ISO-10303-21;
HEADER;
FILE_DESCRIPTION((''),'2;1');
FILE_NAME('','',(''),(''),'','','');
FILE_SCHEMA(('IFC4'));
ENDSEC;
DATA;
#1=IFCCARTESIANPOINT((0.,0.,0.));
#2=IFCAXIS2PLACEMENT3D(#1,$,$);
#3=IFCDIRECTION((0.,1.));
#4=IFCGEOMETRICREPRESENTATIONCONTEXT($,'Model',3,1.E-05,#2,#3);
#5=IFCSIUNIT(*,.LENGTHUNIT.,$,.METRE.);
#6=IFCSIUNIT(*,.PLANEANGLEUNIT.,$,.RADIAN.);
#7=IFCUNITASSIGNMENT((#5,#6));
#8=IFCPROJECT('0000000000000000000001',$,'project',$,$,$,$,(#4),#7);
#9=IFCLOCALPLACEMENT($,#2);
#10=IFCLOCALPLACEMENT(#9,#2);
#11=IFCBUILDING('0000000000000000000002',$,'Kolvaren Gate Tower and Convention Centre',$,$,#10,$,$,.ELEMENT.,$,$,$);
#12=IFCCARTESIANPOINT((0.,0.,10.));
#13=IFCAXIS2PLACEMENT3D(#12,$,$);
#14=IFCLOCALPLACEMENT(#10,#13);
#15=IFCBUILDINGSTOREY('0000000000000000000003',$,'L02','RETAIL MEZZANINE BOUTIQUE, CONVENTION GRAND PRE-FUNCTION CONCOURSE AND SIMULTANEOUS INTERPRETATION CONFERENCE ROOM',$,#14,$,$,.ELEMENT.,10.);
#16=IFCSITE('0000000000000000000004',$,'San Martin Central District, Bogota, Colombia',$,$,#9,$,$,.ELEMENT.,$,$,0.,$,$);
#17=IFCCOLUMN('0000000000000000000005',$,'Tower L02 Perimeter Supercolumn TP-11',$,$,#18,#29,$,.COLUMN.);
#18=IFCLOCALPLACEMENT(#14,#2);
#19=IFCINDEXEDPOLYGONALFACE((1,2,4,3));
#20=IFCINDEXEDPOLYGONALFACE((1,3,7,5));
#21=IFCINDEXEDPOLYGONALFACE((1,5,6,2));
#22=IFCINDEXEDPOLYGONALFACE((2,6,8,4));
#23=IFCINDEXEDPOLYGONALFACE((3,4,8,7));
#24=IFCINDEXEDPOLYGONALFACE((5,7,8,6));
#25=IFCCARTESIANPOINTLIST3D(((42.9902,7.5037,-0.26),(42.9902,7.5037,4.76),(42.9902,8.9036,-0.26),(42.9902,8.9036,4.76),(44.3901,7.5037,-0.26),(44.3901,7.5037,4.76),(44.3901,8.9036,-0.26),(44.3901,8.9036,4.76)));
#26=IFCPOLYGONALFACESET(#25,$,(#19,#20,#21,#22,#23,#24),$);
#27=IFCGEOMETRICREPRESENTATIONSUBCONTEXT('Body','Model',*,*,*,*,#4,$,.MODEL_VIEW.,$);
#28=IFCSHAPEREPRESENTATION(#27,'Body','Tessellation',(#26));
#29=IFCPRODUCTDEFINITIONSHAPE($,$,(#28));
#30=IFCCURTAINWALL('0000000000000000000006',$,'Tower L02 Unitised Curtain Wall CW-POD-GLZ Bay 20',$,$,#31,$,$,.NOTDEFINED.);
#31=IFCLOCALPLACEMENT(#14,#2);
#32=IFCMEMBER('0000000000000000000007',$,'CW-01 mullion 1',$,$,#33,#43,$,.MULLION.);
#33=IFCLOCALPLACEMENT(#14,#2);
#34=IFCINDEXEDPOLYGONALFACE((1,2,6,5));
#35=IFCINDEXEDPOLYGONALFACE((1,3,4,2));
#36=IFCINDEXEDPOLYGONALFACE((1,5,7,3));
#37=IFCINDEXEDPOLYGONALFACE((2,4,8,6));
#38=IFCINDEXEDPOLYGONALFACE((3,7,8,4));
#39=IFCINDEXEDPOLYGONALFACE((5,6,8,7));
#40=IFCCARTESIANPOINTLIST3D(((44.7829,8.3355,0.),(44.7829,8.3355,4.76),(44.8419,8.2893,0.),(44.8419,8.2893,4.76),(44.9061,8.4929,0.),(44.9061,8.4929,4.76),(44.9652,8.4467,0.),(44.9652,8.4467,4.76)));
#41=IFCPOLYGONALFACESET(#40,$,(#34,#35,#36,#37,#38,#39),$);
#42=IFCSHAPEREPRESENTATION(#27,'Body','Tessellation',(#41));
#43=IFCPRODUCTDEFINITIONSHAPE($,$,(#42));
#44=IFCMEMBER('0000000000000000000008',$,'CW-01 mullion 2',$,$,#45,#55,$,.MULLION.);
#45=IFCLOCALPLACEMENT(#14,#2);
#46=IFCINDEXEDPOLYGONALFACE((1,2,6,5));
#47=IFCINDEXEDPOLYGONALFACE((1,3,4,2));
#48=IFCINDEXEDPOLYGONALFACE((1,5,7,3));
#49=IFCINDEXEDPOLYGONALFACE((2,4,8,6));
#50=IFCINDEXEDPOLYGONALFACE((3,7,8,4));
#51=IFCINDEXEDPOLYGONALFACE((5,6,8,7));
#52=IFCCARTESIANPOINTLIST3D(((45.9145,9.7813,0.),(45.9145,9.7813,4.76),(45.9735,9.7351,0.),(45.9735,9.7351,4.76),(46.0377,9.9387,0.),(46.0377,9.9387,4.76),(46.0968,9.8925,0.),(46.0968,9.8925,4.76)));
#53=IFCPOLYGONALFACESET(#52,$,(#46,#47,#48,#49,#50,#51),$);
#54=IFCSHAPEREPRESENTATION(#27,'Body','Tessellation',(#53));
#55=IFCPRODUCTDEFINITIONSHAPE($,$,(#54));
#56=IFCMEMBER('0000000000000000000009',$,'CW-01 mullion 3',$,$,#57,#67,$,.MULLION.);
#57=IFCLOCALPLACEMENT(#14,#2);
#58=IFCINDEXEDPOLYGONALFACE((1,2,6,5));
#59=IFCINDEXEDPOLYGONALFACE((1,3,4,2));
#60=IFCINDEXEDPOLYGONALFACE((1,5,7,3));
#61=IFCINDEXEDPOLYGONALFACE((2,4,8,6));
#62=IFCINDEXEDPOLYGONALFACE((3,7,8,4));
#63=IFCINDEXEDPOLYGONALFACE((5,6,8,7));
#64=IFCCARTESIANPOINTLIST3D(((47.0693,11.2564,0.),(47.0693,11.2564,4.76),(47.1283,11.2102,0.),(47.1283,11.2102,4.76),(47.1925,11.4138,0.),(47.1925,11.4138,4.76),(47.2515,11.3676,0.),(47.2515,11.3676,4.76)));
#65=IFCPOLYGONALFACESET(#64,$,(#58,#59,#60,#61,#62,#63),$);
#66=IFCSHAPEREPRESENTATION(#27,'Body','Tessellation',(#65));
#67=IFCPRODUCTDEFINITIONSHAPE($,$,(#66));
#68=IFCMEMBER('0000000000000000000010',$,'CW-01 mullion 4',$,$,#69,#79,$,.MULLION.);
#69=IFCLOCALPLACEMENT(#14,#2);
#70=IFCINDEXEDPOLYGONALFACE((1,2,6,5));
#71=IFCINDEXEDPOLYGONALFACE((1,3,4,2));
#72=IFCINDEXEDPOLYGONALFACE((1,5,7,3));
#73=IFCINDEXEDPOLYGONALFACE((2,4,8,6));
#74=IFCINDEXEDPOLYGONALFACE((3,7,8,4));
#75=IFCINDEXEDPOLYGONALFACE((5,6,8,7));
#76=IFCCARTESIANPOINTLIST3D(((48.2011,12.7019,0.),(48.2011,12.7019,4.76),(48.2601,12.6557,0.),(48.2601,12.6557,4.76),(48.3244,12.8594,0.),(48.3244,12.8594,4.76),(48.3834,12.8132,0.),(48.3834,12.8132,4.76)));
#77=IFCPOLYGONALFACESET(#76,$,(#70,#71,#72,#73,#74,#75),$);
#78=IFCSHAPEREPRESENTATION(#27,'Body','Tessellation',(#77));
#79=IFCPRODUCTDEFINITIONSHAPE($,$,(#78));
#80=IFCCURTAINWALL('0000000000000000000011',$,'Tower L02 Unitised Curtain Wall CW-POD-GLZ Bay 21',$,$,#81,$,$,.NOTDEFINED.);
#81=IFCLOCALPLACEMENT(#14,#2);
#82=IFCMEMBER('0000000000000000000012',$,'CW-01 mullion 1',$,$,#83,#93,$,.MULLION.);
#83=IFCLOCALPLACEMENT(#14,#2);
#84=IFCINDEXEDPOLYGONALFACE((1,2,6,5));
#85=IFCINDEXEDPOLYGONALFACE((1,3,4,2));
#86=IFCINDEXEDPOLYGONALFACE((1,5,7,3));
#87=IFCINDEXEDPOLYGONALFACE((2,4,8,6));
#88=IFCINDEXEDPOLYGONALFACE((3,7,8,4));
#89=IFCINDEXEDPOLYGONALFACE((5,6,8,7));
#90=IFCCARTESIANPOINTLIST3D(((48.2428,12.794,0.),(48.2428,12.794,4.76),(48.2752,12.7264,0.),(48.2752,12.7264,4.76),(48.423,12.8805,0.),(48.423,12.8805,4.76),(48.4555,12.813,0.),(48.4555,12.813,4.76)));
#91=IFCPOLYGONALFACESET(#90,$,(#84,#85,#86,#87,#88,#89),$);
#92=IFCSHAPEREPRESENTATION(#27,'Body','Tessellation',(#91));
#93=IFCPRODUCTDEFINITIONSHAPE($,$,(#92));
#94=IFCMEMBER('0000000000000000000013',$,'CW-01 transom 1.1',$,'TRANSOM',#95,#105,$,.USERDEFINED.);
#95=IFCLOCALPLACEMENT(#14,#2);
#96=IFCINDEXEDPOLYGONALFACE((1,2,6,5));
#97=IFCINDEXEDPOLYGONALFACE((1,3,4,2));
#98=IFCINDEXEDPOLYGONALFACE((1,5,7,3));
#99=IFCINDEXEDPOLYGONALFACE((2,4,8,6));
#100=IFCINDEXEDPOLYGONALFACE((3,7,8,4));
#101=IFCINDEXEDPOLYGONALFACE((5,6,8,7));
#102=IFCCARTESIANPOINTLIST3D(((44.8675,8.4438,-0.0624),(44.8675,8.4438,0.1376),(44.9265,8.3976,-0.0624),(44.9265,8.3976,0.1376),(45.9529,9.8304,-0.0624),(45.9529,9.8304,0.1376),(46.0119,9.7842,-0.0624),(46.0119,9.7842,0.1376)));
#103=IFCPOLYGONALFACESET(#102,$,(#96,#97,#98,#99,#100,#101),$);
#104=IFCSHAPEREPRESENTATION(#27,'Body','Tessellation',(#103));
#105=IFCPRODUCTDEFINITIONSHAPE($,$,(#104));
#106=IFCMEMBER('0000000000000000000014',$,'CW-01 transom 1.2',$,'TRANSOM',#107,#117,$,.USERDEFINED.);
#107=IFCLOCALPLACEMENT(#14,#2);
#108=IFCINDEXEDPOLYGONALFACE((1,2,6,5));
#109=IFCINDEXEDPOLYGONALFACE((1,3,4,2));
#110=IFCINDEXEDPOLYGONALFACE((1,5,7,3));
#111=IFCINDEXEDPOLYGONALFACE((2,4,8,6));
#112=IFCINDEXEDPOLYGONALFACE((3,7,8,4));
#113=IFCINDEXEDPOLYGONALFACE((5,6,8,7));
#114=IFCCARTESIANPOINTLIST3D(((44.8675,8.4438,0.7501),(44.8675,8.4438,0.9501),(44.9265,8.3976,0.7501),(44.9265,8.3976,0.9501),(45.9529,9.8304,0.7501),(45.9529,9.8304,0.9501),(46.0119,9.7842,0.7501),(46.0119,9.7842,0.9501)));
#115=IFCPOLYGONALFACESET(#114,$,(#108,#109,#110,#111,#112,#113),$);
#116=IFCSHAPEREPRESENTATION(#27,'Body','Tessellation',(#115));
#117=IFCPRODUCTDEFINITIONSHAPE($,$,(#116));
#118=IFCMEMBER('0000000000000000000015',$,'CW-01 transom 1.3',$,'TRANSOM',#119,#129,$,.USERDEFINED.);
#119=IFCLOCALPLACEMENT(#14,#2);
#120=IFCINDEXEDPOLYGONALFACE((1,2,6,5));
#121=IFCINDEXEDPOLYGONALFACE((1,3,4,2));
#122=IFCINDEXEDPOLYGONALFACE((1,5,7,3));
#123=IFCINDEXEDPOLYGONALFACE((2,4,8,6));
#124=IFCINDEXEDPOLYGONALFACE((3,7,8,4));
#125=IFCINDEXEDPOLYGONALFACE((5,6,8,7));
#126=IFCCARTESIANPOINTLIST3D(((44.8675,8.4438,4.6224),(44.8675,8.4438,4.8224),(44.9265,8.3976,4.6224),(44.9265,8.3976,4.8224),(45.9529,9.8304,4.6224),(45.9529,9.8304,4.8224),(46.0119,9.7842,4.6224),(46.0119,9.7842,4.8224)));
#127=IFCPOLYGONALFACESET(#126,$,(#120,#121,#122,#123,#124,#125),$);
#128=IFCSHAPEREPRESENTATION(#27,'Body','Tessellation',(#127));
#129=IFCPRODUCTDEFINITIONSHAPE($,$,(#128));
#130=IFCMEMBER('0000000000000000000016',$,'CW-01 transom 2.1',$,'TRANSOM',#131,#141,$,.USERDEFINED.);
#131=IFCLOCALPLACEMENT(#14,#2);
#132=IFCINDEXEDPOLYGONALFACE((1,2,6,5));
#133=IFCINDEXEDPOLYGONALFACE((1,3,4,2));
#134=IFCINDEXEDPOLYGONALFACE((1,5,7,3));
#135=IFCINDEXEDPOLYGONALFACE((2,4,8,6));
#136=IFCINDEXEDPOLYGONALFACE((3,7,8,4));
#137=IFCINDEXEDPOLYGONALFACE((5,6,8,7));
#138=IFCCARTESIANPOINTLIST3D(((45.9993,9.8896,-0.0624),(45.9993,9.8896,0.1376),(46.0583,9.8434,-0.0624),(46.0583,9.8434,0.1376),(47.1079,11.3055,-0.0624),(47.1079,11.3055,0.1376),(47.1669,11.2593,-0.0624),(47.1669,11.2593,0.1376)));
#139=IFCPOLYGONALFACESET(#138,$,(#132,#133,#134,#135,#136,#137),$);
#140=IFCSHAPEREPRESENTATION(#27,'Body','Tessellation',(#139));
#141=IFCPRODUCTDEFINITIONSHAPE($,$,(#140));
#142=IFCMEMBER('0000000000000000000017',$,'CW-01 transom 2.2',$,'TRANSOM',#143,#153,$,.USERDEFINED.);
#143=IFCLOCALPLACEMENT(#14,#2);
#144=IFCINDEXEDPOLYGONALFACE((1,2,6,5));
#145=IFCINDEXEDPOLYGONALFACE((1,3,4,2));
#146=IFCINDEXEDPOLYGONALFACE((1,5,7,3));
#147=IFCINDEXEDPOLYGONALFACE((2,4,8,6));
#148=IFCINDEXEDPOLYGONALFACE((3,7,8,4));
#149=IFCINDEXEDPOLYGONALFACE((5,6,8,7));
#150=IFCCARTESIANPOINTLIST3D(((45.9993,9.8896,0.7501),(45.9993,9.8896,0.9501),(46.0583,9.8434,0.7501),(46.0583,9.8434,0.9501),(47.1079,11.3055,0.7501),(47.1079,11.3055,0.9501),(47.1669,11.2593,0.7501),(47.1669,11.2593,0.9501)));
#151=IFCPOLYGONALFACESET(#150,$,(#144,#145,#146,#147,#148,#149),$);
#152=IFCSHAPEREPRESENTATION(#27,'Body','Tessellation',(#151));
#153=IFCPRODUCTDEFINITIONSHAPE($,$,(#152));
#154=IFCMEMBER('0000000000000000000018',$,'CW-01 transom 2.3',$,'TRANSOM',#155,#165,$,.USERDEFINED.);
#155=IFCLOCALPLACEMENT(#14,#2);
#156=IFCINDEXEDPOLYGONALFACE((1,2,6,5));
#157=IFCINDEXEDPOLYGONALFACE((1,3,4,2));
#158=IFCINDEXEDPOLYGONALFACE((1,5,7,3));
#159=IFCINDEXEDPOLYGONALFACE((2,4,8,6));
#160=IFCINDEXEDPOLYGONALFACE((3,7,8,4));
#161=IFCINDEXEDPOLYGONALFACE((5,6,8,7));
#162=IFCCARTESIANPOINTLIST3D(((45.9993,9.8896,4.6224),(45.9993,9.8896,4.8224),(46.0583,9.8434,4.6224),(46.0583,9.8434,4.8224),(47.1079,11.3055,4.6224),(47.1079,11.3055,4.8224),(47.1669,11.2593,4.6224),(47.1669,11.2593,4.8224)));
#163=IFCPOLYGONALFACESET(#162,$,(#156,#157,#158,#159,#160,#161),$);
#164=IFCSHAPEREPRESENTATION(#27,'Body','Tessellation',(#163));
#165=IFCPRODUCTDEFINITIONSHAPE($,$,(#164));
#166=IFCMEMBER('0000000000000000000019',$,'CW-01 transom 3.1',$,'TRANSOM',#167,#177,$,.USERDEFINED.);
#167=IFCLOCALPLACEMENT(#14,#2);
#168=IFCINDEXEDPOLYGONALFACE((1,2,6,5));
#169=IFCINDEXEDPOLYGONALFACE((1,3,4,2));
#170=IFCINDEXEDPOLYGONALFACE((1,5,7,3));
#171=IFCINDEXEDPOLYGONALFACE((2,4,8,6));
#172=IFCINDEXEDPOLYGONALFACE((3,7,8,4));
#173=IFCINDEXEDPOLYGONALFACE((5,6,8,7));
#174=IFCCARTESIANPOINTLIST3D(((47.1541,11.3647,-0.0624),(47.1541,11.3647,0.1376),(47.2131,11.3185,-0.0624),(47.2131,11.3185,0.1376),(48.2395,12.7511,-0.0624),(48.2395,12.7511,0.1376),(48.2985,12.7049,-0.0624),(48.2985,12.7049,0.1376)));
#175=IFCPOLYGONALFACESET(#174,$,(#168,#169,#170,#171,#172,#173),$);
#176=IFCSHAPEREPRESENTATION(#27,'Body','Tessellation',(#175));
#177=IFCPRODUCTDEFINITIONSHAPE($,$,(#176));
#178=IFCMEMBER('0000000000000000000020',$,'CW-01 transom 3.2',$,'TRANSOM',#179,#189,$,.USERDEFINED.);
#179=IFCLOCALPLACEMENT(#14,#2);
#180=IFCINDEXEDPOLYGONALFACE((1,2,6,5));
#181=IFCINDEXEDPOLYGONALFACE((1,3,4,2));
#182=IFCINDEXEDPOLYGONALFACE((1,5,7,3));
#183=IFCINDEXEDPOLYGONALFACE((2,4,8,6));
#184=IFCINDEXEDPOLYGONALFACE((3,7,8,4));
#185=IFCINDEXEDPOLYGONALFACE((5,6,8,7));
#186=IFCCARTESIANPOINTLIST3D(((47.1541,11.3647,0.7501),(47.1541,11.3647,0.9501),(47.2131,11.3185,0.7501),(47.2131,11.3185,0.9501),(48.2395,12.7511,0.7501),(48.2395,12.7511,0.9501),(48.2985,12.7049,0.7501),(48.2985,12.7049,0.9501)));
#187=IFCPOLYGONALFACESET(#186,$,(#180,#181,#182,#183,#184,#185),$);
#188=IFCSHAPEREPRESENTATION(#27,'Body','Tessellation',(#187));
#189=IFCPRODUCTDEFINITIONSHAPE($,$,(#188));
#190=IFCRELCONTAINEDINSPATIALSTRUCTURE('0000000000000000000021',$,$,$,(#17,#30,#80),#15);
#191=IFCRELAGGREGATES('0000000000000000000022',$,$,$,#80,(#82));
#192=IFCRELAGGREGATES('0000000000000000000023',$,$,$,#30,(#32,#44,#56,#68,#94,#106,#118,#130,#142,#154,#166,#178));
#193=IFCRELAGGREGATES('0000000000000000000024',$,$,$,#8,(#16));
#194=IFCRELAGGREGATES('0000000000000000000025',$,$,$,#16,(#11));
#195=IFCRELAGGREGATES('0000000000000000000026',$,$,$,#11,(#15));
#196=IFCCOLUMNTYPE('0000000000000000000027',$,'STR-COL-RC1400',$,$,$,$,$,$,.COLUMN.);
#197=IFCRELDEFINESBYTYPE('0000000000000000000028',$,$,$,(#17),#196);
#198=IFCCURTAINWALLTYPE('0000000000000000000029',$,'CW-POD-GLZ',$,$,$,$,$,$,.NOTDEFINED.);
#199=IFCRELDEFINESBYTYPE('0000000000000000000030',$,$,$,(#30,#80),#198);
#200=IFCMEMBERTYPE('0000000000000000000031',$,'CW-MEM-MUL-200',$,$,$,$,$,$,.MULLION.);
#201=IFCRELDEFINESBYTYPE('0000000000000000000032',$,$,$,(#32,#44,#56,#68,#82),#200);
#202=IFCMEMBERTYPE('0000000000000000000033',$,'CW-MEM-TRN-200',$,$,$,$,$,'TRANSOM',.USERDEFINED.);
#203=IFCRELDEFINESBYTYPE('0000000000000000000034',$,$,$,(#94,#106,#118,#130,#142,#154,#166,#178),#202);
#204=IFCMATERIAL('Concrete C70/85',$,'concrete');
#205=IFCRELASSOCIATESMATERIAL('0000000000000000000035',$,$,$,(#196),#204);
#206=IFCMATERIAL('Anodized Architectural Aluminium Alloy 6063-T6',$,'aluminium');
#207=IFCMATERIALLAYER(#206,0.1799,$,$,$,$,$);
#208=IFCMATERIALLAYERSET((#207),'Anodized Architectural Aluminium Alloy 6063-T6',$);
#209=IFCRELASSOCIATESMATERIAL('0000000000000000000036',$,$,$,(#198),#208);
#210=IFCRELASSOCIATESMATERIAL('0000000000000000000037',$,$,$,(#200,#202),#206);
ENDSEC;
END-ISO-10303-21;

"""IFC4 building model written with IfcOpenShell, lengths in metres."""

from ifc_helpers import new_model, si_unit, direction, frame, origin, origin_2d, place, context, subcontext, project, spatial, rectangle, extrude, material, layer, layer_set, material_profile, profile_set, type_object, element, aggregate, save


model = new_model("IFC4")

# Units and contexts
model_context = context("Model", 3, precision=1e-05, world=origin(), true_north=direction((0.0, 1.0)))
body_context = subcontext(model_context, "Body", "Model", "MODEL_VIEW")
ifc_project = project(units=[si_unit("LENGTHUNIT", "METRE"), si_unit("PLANEANGLEUNIT", "RADIAN")], contexts=[model_context])

# Site, building, storey
site_placement = place(None, origin())
site = spatial("IfcSite", under=ifc_project, at=site_placement, Name="San Martin Central District, Bogota, Colombia", CompositionType="ELEMENT", RefElevation=0.0)
building_placement = place(site_placement, origin())
building = spatial("IfcBuilding", under=site, at=building_placement, Name="Kolvaren Gate Tower and Convention Centre", CompositionType="ELEMENT")
storey_placement = place(building_placement, frame((0.0, 0.0, 10.0)))
storey = spatial("IfcBuildingStorey", under=building, at=storey_placement, Name="L02", Description="RETAIL MEZZANINE BOUTIQUE, CONVENTION GRAND PRE-FUNCTION CONCOURSE AND SIMULTANEOUS INTERPRETATION CONFERENCE ROOM", CompositionType="ELEMENT", Elevation=10.0)

# Column
ifc_material_1 = material(Name="Concrete C70/85", Category="concrete")
ifc_material_profile_1 = material_profile(ifc_material_1, rectangle(XDim=1.3999, YDim=1.3999, at=origin_2d()), Name="RC-COL-1400X1400")
ifc_profile_set_1 = profile_set([ifc_material_profile_1], Name="Concrete C70/85")
column_type = type_object("IfcColumnType", Name="STR-COL-RC1400", PredefinedType="COLUMN", material=ifc_profile_set_1)
column_placement = place(storey_placement, frame((43.6902, 8.2036, -0.26), z_axis=(0.0, 0.0, 1.0), x_axis=(1.0, 0.0, 0.0)))
element("IfcColumn", 1, at=column_placement, inside=storey, type_object=column_type, Name="Tower L02 Perimeter Supercolumn TP-11", PredefinedType="COLUMN", context=body_context, shape_type="SweptSolid", body=[
    extrude(rectangle(XDim=1.3999, YDim=1.3999, at=origin_2d()), origin(), (0.0, 0.0, 1.0), 5.02),
])

# Curtain wall, members
ifc_material_2 = material(Name="Anodized Architectural Aluminium Alloy 6063-T6", Category="aluminium")
ifc_layer_1 = layer(ifc_material_2, 0.1799)
ifc_layer_set_1 = layer_set([ifc_layer_1], Name="Anodized Architectural Aluminium Alloy 6063-T6")
curtain_wall_type = type_object("IfcCurtainWallType", Name="CW-POD-GLZ", PredefinedType="NOTDEFINED", material=ifc_layer_set_1)
curtain_wall_1_placement = place(storey_placement, origin())
curtain_wall_1 = element("IfcCurtainWall", 2, at=curtain_wall_1_placement, inside=storey, type_object=curtain_wall_type, Name="Tower L02 Unitised Curtain Wall CW-POD-GLZ Bay 20", PredefinedType="NOTDEFINED")
ifc_material_profile_2 = material_profile(ifc_material_2, rectangle(XDim=0.075, YDim=0.2, at=origin_2d()), Name="CW-MEM-MUL-200")
ifc_profile_set_2 = profile_set([ifc_material_profile_2], Name="Anodized Architectural Aluminium Alloy 6063-T6")
member_type_1 = type_object("IfcMemberType", Name="CW-MEM-MUL-200", PredefinedType="MULLION", material=ifc_profile_set_2)
member_1_placement = place(storey_placement, frame((44.874, 8.3911, 0.0), z_axis=(0.0, 0.0, 1.0), x_axis=(-0.787413, 0.616426, 0.0)))
member_1 = element("IfcMember", 3, at=member_1_placement, type_object=member_type_1, Name="CW-01 mullion 1", PredefinedType="MULLION", context=body_context, shape_type="SweptSolid", body=[
    extrude(rectangle(XDim=0.075, YDim=0.2, at=origin_2d()), origin(), (0.0, 0.0, 1.0), 4.76),
])
member_2_placement = place(storey_placement, frame((46.0056, 9.8369, 0.0), z_axis=(0.0, 0.0, 1.0), x_axis=(-0.787413, 0.616426, 0.0)))
member_2 = element("IfcMember", 4, at=member_2_placement, type_object=member_type_1, Name="CW-01 mullion 2", PredefinedType="MULLION", context=body_context, shape_type="SweptSolid", body=[
    extrude(rectangle(XDim=0.075, YDim=0.2, at=origin_2d()), origin(), (0.0, 0.0, 1.0), 4.76),
])
member_3_placement = place(storey_placement, frame((47.1604, 11.312, 0.0), z_axis=(0.0, 0.0, 1.0), x_axis=(-0.787413, 0.616426, 0.0)))
member_3 = element("IfcMember", 5, at=member_3_placement, type_object=member_type_1, Name="CW-01 mullion 3", PredefinedType="MULLION", context=body_context, shape_type="SweptSolid", body=[
    extrude(rectangle(XDim=0.075, YDim=0.2, at=origin_2d()), origin(), (0.0, 0.0, 1.0), 4.76),
])
member_4_placement = place(storey_placement, frame((48.2922, 12.7576, 0.0), z_axis=(0.0, 0.0, 1.0), x_axis=(-0.787413, 0.616426, 0.0)))
member_4 = element("IfcMember", 6, at=member_4_placement, type_object=member_type_1, Name="CW-01 mullion 4", PredefinedType="MULLION", context=body_context, shape_type="SweptSolid", body=[
    extrude(rectangle(XDim=0.075, YDim=0.2, at=origin_2d()), origin(), (0.0, 0.0, 1.0), 4.76),
])

# Curtain wall, member
curtain_wall_2_placement = place(storey_placement, origin())
curtain_wall_2 = element("IfcCurtainWall", 7, at=curtain_wall_2_placement, inside=storey, type_object=curtain_wall_type, Name="Tower L02 Unitised Curtain Wall CW-POD-GLZ Bay 21", PredefinedType="NOTDEFINED")
member_5_placement = place(storey_placement, frame((48.3491, 12.8035, 0.0), z_axis=(0.0, 0.0, 1.0), x_axis=(-0.433063, 0.901364, 0.0)))
member_5 = element("IfcMember", 8, at=member_5_placement, type_object=member_type_1, Name="CW-01 mullion 1", PredefinedType="MULLION", context=body_context, shape_type="SweptSolid", body=[
    extrude(rectangle(XDim=0.075, YDim=0.2, at=origin_2d()), origin(), (0.0, 0.0, 1.0), 4.76),
])

# Members
ifc_material_profile_3 = material_profile(ifc_material_2, rectangle(XDim=0.075, YDim=0.2, at=origin_2d()), Name="CW-MEM-TRN-200")
ifc_profile_set_3 = profile_set([ifc_material_profile_3], Name="Anodized Architectural Aluminium Alloy 6063-T6")
member_type_2 = type_object("IfcMemberType", Name="CW-MEM-TRN-200", ElementType="TRANSOM", PredefinedType="USERDEFINED", material=ifc_profile_set_3)
member_6_placement = place(storey_placement, frame((44.897, 8.4207, 0.0376), z_axis=(0.616376, 0.787452, 0.0), x_axis=(-0.787452, 0.616376, 0.0)))
member_6 = element("IfcMember", 9, at=member_6_placement, type_object=member_type_2, Name="CW-01 transom 1.1", ObjectType="TRANSOM", PredefinedType="USERDEFINED", context=body_context, shape_type="SweptSolid", body=[
    extrude(rectangle(XDim=0.075, YDim=0.2, at=origin_2d()), origin(), (0.0, 0.0, 1.0), 1.761),
])
member_7_placement = place(storey_placement, frame((44.897, 8.4207, 0.8501), z_axis=(0.616376, 0.787452, 0.0), x_axis=(-0.787452, 0.616376, 0.0)))
member_7 = element("IfcMember", 10, at=member_7_placement, type_object=member_type_2, Name="CW-01 transom 1.2", ObjectType="TRANSOM", PredefinedType="USERDEFINED", context=body_context, shape_type="SweptSolid", body=[
    extrude(rectangle(XDim=0.075, YDim=0.2, at=origin_2d()), origin(), (0.0, 0.0, 1.0), 1.761),
])
member_8_placement = place(storey_placement, frame((44.897, 8.4207, 4.7224), z_axis=(0.616376, 0.787452, 0.0), x_axis=(-0.787452, 0.616376, 0.0)))
member_8 = element("IfcMember", 11, at=member_8_placement, type_object=member_type_2, Name="CW-01 transom 1.3", ObjectType="TRANSOM", PredefinedType="USERDEFINED", context=body_context, shape_type="SweptSolid", body=[
    extrude(rectangle(XDim=0.075, YDim=0.2, at=origin_2d()), origin(), (0.0, 0.0, 1.0), 1.761),
])
member_9_placement = place(storey_placement, frame((46.0288, 9.8665, 0.0376), z_axis=(0.616466, 0.787382, 0.0), x_axis=(-0.787382, 0.616466, 0.0)))
member_9 = element("IfcMember", 12, at=member_9_placement, type_object=member_type_2, Name="CW-01 transom 2.1", ObjectType="TRANSOM", PredefinedType="USERDEFINED", context=body_context, shape_type="SweptSolid", body=[
    extrude(rectangle(XDim=0.075, YDim=0.2, at=origin_2d()), origin(), (0.0, 0.0, 1.0), 1.7983),
])
member_10_placement = place(storey_placement, frame((46.0288, 9.8665, 0.8501), z_axis=(0.616466, 0.787382, 0.0), x_axis=(-0.787382, 0.616466, 0.0)))
member_10 = element("IfcMember", 13, at=member_10_placement, type_object=member_type_2, Name="CW-01 transom 2.2", ObjectType="TRANSOM", PredefinedType="USERDEFINED", context=body_context, shape_type="SweptSolid", body=[
    extrude(rectangle(XDim=0.075, YDim=0.2, at=origin_2d()), origin(), (0.0, 0.0, 1.0), 1.7983),
])
member_11_placement = place(storey_placement, frame((46.0288, 9.8665, 4.7224), z_axis=(0.616466, 0.787382, 0.0), x_axis=(-0.787382, 0.616466, 0.0)))
member_11 = element("IfcMember", 14, at=member_11_placement, type_object=member_type_2, Name="CW-01 transom 2.3", ObjectType="TRANSOM", PredefinedType="USERDEFINED", context=body_context, shape_type="SweptSolid", body=[
    extrude(rectangle(XDim=0.075, YDim=0.2, at=origin_2d()), origin(), (0.0, 0.0, 1.0), 1.7983),
])
member_12_placement = place(storey_placement, frame((47.1836, 11.3416, 0.0376), z_axis=(0.616443, 0.7874, 0.0), x_axis=(-0.7874, 0.616443, 0.0)))
member_12 = element("IfcMember", 15, at=member_12_placement, type_object=member_type_2, Name="CW-01 transom 3.1", ObjectType="TRANSOM", PredefinedType="USERDEFINED", context=body_context, shape_type="SweptSolid", body=[
    extrude(rectangle(XDim=0.075, YDim=0.2, at=origin_2d()), origin(), (0.0, 0.0, 1.0), 1.7607),
])
member_13_placement = place(storey_placement, frame((47.1836, 11.3416, 0.8501), z_axis=(0.616443, 0.7874, 0.0), x_axis=(-0.7874, 0.616443, 0.0)))
member_13 = element("IfcMember", 16, at=member_13_placement, type_object=member_type_2, Name="CW-01 transom 3.2", ObjectType="TRANSOM", PredefinedType="USERDEFINED", context=body_context, shape_type="SweptSolid", body=[
    extrude(rectangle(XDim=0.075, YDim=0.2, at=origin_2d()), origin(), (0.0, 0.0, 1.0), 1.7607),
])
aggregate(curtain_wall_2, [member_5])

aggregate(curtain_wall_1, [member_1, member_2, member_3, member_4, member_6, member_7, member_8, member_9, member_10, member_11, member_12, member_13])

save(model, "model.ifc")
